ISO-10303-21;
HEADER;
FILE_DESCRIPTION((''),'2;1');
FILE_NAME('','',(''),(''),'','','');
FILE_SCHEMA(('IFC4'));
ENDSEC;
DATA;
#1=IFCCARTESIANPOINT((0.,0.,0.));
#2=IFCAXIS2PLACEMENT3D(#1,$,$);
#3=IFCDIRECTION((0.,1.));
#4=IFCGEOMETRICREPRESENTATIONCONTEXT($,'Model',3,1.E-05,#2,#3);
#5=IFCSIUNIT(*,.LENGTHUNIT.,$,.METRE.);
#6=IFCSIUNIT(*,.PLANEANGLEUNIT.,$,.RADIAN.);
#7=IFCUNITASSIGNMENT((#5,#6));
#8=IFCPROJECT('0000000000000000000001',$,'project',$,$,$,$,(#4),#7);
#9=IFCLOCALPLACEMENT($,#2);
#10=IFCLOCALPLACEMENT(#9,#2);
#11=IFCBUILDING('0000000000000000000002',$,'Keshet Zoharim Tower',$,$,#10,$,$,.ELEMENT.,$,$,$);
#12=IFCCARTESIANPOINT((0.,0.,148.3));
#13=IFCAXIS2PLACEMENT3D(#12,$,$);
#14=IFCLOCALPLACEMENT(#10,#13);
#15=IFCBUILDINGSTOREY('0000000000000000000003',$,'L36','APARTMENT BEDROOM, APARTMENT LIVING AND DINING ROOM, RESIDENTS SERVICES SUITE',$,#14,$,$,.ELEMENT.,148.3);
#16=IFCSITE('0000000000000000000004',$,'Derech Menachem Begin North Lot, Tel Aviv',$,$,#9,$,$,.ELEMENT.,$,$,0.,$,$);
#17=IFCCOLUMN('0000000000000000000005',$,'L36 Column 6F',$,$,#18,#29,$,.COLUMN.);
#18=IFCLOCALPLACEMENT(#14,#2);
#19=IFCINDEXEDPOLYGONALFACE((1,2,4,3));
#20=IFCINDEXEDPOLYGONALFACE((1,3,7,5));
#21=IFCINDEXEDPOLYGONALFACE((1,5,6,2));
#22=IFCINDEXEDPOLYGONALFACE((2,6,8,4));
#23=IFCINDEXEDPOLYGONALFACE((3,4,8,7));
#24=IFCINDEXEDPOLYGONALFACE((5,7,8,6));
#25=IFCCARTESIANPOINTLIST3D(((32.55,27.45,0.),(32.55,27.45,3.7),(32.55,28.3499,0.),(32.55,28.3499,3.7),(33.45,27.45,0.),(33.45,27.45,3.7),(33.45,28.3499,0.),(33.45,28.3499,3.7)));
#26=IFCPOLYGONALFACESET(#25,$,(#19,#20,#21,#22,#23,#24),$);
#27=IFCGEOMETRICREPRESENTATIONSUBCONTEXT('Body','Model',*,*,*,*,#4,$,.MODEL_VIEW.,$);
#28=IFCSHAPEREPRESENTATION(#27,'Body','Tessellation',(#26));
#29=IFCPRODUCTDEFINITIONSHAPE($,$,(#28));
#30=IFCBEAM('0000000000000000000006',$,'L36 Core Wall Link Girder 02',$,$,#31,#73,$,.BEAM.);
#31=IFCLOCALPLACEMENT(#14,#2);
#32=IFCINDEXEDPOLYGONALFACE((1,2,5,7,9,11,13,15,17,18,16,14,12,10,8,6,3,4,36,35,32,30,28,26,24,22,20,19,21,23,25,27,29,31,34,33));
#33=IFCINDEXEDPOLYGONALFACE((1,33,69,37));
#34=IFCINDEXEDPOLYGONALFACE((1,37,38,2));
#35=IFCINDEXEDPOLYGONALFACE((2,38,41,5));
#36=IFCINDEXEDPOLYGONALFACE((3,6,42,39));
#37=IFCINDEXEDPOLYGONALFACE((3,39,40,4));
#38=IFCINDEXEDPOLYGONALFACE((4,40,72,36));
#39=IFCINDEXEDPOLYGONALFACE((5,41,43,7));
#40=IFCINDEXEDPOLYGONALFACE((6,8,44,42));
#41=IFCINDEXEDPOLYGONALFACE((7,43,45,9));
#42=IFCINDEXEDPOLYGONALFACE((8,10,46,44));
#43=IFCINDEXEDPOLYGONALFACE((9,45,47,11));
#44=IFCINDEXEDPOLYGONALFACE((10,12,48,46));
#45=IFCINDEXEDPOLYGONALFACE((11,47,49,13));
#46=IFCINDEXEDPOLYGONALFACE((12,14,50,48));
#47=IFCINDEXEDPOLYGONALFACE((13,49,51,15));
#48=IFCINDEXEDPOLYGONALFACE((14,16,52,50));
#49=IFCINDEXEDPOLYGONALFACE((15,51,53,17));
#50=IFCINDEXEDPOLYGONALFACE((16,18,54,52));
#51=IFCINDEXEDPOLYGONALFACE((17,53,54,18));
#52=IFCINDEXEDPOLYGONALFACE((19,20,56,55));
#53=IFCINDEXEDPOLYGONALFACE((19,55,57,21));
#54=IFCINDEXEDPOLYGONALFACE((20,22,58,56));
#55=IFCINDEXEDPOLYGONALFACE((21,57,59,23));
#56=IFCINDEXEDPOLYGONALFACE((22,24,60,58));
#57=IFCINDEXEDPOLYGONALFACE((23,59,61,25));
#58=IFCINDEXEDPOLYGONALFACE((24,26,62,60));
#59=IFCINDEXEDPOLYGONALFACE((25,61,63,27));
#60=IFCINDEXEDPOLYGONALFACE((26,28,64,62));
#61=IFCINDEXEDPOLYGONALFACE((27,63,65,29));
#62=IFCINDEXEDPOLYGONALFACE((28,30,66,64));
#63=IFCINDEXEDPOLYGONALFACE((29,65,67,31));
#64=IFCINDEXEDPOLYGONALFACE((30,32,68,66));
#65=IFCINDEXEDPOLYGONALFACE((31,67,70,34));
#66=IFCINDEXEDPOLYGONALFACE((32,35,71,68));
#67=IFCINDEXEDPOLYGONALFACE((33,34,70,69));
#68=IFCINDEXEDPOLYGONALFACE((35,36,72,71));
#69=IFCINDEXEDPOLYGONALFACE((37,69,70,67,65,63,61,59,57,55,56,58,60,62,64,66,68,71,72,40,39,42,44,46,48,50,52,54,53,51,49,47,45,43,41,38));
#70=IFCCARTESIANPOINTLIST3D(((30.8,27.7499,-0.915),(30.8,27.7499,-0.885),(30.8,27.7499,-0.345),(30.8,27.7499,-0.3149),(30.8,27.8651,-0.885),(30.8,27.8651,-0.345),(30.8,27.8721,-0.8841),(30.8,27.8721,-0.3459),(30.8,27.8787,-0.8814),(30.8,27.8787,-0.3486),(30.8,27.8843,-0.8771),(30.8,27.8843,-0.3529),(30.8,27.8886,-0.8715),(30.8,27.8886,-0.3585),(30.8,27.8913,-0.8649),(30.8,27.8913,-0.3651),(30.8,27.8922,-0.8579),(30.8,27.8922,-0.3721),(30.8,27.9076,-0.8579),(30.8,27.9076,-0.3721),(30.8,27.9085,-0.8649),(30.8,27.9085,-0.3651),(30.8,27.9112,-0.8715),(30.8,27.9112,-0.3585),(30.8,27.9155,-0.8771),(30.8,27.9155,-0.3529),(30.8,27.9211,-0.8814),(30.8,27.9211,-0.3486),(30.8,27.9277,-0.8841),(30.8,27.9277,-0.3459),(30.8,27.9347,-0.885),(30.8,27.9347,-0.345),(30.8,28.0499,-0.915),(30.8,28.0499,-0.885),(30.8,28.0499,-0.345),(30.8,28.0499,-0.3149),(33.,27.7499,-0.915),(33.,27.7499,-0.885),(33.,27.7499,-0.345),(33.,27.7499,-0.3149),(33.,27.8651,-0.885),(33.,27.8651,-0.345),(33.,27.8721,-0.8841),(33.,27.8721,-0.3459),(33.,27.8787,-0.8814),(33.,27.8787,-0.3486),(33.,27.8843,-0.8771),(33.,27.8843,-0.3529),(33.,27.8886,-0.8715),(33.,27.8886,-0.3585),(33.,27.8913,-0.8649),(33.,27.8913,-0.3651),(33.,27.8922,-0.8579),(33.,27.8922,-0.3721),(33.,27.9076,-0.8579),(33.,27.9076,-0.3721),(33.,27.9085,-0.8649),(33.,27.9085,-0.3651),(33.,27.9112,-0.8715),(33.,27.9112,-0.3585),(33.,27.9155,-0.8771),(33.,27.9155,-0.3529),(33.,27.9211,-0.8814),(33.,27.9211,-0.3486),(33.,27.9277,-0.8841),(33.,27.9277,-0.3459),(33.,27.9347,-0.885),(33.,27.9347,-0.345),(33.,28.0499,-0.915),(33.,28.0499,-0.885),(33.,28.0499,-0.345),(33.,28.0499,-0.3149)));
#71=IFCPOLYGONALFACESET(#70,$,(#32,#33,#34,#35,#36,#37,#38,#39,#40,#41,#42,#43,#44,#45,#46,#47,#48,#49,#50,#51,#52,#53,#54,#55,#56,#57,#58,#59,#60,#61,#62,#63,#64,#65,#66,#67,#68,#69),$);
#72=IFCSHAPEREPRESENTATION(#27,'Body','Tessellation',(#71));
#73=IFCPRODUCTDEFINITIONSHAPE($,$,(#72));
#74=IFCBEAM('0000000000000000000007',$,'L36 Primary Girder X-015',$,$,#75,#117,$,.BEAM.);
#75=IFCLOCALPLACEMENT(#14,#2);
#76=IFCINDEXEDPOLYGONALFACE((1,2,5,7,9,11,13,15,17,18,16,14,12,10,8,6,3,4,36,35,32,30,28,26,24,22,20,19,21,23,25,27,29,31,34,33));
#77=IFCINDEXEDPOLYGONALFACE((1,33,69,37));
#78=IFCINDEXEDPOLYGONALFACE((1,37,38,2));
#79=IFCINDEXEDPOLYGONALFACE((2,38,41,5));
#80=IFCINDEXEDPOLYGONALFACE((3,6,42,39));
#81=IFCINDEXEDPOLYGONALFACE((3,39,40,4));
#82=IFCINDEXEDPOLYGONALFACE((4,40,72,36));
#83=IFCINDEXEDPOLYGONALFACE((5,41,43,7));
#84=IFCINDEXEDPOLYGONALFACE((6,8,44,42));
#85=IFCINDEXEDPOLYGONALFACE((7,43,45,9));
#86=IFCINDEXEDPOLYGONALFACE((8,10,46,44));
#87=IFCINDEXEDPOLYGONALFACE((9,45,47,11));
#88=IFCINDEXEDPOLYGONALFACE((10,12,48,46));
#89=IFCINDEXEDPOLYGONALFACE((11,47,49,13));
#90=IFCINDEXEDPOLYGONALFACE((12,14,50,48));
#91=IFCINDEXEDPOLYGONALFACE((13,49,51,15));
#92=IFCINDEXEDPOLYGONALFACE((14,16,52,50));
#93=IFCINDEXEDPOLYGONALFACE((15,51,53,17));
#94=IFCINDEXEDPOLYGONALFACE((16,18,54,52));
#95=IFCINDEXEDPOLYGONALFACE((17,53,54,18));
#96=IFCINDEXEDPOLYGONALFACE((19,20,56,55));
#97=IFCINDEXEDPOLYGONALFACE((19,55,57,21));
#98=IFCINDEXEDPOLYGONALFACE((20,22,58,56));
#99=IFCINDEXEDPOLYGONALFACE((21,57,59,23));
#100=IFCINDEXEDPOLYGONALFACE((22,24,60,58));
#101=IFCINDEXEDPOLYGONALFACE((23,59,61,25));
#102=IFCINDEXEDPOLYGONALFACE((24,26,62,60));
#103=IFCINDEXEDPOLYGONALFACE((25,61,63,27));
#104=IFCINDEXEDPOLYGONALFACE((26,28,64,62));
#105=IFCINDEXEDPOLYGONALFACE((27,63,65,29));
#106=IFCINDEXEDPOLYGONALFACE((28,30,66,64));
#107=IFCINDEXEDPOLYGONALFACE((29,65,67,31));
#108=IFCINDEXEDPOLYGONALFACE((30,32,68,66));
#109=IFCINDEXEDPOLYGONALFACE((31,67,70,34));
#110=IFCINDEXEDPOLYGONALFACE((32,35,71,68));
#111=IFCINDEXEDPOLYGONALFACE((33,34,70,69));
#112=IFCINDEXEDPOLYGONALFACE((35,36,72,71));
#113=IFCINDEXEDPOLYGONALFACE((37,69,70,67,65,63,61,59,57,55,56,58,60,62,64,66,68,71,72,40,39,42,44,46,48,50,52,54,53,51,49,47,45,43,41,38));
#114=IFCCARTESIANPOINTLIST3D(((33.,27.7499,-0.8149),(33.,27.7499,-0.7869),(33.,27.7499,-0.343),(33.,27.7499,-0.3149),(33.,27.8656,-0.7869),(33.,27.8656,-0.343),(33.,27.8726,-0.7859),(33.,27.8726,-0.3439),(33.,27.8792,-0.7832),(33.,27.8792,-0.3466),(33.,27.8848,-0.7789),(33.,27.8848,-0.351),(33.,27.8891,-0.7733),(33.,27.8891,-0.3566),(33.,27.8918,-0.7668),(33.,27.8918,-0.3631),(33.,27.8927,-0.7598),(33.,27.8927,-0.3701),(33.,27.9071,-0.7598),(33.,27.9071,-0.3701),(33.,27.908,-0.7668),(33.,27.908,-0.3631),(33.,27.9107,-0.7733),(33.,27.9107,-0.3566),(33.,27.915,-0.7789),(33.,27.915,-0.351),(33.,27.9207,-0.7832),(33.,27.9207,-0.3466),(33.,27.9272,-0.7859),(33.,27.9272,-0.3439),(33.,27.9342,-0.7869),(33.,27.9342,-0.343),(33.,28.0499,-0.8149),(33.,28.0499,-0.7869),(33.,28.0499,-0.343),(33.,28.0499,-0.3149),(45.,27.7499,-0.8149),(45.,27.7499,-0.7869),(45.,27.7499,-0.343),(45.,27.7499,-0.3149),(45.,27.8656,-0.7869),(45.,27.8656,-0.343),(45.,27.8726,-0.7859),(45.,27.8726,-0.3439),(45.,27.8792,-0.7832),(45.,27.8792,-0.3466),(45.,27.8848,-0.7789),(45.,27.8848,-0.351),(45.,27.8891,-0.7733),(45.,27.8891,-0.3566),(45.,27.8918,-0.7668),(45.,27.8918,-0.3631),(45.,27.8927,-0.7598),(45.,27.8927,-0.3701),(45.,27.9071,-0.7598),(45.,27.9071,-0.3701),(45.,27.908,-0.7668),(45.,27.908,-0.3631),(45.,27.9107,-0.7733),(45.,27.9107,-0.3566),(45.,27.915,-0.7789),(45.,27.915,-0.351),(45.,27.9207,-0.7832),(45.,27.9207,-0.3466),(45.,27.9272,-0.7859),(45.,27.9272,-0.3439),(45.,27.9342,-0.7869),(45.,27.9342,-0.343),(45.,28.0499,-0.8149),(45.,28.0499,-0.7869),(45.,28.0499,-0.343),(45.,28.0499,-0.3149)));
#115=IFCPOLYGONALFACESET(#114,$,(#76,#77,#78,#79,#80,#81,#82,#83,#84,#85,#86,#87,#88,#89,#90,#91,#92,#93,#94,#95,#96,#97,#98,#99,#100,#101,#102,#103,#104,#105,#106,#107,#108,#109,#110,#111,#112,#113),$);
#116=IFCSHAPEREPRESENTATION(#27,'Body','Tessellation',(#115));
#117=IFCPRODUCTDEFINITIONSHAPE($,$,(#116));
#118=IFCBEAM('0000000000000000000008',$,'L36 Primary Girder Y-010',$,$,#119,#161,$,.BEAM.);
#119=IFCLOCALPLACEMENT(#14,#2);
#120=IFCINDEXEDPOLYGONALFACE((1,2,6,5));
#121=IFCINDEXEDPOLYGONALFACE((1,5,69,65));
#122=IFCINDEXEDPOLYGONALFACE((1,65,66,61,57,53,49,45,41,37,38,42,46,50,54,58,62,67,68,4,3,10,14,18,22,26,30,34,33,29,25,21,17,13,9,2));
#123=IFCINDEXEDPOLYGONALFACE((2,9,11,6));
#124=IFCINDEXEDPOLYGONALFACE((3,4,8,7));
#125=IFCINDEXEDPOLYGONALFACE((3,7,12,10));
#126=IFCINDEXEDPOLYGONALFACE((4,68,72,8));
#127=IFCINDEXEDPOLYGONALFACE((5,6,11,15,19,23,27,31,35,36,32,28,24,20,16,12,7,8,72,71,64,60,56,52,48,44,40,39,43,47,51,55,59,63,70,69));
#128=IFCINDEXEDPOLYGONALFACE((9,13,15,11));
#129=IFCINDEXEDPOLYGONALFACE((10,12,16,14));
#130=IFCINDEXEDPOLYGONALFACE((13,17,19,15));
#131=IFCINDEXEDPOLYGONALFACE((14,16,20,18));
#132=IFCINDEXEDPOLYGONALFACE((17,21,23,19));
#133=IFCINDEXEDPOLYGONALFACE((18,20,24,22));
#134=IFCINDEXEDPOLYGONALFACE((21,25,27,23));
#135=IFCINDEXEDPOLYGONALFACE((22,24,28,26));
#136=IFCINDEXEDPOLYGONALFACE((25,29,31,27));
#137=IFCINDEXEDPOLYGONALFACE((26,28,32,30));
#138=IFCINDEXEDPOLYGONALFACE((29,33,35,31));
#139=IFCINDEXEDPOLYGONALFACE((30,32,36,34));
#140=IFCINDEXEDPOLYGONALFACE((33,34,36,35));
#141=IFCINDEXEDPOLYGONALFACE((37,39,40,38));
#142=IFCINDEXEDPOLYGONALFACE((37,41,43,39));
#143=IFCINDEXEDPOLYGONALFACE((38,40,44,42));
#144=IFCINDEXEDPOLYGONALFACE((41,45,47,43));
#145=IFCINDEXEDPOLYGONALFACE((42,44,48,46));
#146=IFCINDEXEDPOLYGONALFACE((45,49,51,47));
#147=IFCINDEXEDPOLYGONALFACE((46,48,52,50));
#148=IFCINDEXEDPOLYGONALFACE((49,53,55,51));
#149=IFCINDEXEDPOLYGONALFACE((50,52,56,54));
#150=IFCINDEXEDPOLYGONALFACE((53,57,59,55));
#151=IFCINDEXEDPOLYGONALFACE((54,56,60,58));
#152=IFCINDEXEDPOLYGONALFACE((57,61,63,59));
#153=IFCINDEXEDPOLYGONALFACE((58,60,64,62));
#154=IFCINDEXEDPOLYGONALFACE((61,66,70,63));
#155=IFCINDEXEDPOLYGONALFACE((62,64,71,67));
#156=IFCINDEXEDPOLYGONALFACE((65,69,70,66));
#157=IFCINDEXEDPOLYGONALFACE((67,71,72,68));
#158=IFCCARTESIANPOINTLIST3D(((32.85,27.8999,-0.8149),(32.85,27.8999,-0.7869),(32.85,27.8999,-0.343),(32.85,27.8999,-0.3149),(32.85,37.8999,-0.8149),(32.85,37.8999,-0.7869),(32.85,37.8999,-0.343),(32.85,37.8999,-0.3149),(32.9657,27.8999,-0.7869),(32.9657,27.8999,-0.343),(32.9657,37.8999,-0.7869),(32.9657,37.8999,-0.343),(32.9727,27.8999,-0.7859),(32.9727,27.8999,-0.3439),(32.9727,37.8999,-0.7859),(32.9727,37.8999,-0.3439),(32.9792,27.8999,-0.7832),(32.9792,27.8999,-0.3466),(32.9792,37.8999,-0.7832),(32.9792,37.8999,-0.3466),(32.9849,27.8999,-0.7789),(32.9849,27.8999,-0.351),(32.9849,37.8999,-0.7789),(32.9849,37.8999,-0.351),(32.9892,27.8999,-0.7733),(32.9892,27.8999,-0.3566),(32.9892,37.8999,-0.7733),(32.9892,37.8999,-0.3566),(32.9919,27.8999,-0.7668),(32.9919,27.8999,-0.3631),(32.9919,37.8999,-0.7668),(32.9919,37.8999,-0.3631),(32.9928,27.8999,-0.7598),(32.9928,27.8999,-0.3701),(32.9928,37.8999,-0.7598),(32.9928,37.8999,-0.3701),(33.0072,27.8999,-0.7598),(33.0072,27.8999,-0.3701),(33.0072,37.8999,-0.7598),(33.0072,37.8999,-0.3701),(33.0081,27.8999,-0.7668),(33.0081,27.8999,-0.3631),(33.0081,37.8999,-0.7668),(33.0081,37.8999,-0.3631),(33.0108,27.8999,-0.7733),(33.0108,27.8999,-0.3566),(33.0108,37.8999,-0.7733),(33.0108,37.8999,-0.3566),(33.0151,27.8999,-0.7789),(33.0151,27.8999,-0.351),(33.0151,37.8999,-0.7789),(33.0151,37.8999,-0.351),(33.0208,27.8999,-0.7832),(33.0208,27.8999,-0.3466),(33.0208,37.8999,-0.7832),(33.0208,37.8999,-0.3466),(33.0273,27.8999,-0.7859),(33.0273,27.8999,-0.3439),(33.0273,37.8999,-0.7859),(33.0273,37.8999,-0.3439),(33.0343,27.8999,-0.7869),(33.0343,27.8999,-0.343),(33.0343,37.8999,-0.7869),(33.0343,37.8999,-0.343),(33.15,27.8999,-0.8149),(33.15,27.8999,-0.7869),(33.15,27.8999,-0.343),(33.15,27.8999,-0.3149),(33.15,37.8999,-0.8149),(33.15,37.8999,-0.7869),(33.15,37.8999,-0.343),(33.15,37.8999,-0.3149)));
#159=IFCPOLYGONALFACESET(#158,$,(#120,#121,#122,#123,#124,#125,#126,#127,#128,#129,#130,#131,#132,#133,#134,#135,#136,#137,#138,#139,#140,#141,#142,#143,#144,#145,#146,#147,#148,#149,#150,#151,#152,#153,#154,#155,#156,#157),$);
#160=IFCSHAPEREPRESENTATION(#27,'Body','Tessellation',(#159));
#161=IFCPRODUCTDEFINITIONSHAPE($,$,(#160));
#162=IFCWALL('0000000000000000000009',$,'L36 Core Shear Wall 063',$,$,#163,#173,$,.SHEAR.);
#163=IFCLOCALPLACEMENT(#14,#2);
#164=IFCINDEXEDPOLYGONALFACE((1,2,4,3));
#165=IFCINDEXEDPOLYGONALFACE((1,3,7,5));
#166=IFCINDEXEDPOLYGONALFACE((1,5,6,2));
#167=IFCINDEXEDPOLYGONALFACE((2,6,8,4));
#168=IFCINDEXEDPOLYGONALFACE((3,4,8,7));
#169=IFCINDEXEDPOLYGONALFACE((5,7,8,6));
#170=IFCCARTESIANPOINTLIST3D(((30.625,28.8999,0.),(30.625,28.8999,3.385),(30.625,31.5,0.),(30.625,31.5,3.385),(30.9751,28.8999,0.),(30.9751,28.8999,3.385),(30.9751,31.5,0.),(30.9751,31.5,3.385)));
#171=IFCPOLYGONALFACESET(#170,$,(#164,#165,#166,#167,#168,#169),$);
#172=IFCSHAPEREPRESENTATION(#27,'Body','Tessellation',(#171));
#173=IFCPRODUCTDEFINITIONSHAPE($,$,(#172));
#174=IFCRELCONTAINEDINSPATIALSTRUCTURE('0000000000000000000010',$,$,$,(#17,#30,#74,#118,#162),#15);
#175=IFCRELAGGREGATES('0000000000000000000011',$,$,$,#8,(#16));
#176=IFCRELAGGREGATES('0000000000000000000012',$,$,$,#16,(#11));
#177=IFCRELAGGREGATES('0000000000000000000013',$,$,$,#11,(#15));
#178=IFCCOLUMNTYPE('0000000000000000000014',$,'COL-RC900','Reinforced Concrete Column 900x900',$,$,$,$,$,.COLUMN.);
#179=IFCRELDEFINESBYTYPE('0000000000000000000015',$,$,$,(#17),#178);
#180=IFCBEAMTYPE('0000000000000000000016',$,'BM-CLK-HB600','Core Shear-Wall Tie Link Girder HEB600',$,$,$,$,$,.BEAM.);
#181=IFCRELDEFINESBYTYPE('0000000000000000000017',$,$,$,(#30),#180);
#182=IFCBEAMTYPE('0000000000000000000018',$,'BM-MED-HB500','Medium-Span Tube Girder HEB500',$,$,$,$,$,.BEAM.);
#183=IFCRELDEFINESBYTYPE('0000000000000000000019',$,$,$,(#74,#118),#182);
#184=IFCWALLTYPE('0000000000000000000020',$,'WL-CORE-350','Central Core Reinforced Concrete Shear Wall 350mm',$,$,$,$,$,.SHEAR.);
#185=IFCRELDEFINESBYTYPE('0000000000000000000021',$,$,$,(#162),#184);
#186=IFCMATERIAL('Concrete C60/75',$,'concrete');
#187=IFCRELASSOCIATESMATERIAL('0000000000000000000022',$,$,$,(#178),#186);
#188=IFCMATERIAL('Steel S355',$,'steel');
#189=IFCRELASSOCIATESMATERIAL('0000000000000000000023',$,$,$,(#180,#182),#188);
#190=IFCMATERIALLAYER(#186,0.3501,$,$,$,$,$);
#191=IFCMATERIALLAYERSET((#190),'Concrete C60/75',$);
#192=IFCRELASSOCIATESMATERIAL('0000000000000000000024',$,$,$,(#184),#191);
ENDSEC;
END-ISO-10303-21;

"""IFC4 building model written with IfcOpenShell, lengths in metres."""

from ifc_helpers import new_model, si_unit, direction, frame, frame_2d, origin, origin_2d, place, context, subcontext, project, spatial, rectangle, i_section, extrude, material, layer, layer_set, material_profile, profile_set, type_object, element, save


model = new_model("IFC4")

# Units and contexts
model_context = context("Model", 3, precision=1e-05, world=origin(), true_north=direction((0.0, 1.0)))
body_context = subcontext(model_context, "Body", "Model", "MODEL_VIEW")
ifc_project = project(units=[si_unit("LENGTHUNIT", "METRE"), si_unit("PLANEANGLEUNIT", "RADIAN")], contexts=[model_context])

# Site, building, storey
site_placement = place(None, origin())
site = spatial("IfcSite", under=ifc_project, at=site_placement, Name="Derech Menachem Begin North Lot, Tel Aviv", CompositionType="ELEMENT", RefElevation=0.0)
building_placement = place(site_placement, origin())
building = spatial("IfcBuilding", under=site, at=building_placement, Name="Keshet Zoharim Tower", CompositionType="ELEMENT")
storey_placement = place(building_placement, frame((0.0, 0.0, 148.3)))
storey = spatial("IfcBuildingStorey", under=building, at=storey_placement, Name="L36", Description="APARTMENT BEDROOM, APARTMENT LIVING AND DINING ROOM, RESIDENTS SERVICES SUITE", CompositionType="ELEMENT", Elevation=148.3)

# Column
ifc_material_1 = material(Name="Concrete C60/75", Category="concrete")
ifc_material_profile_1 = material_profile(ifc_material_1, rectangle(XDim=0.8999, YDim=0.8999, at=origin_2d()), Name="RC900x900")
ifc_profile_set_1 = profile_set([ifc_material_profile_1], Name="Concrete C60/75")
column_type = type_object("IfcColumnType", Name="COL-RC900", Description="Reinforced Concrete Column 900x900", PredefinedType="COLUMN", material=ifc_profile_set_1)
column_placement = place(storey_placement, frame((33.0, 27.8999, 0.0), z_axis=(0.0, 0.0, 1.0), x_axis=(1.0, 0.0, 0.0)))
element("IfcColumn", 1, at=column_placement, inside=storey, type_object=column_type, Name="L36 Column 6F", PredefinedType="COLUMN", context=body_context, shape_type="SweptSolid", body=[
    extrude(rectangle(XDim=0.8999, YDim=0.8999, at=origin_2d()), origin(), (0.0, 0.0, 1.0), 3.7),
])

# Beams
ifc_material_2 = material(Name="Steel S355", Category="steel")
ifc_material_profile_2 = material_profile(ifc_material_2, i_section(OverallWidth=0.3, OverallDepth=0.6001, WebThickness=0.0154, FlangeThickness=0.03, FilletRadius=0.0271, at=origin_2d()), Name="HEB600")
ifc_profile_set_2 = profile_set([ifc_material_profile_2], Name="Steel S355")
beam_type_1 = type_object("IfcBeamType", Name="BM-CLK-HB600", Description="Core Shear-Wall Tie Link Girder HEB600", PredefinedType="BEAM", material=ifc_profile_set_2)
beam_1_placement = place(storey_placement, frame((30.8, 27.8999, -0.615), z_axis=(1.0, 0.0, 0.0), x_axis=(0.0, 1.0, 0.0)))
element("IfcBeam", 2, at=beam_1_placement, inside=storey, type_object=beam_type_1, Name="L36 Core Wall Link Girder 02", PredefinedType="BEAM", context=body_context, shape_type="SweptSolid", body=[
    extrude(i_section(OverallWidth=0.3, OverallDepth=0.6001, WebThickness=0.0154, FlangeThickness=0.03, FilletRadius=0.0271, at=origin_2d()), origin(), (0.0, 0.0, 1.0), 2.2),
])
ifc_material_profile_3 = material_profile(ifc_material_2, i_section(OverallWidth=0.3, OverallDepth=0.5, WebThickness=0.0144, FlangeThickness=0.0281, FilletRadius=0.0271, at=origin_2d()), Name="HEB500")
ifc_profile_set_3 = profile_set([ifc_material_profile_3], Name="Steel S355")
beam_type_2 = type_object("IfcBeamType", Name="BM-MED-HB500", Description="Medium-Span Tube Girder HEB500", PredefinedType="BEAM", material=ifc_profile_set_3)
beam_2_placement = place(storey_placement, frame((33.0, 27.8999, -0.5649), z_axis=(1.0, 0.0, 0.0), x_axis=(0.0, 1.0, 0.0)))
element("IfcBeam", 3, at=beam_2_placement, inside=storey, type_object=beam_type_2, Name="L36 Primary Girder X-015", PredefinedType="BEAM", context=body_context, shape_type="SweptSolid", body=[
    extrude(i_section(OverallWidth=0.3, OverallDepth=0.5, WebThickness=0.0144, FlangeThickness=0.0281, FilletRadius=0.0271, at=origin_2d()), origin(), (0.0, 0.0, 1.0), 12.0),
])
beam_3_placement = place(storey_placement, frame((33.0, 27.8999, -0.5649), z_axis=(0.0, 1.0, 0.0), x_axis=(-1.0, 0.0, 0.0)))
element("IfcBeam", 4, at=beam_3_placement, inside=storey, type_object=beam_type_2, Name="L36 Primary Girder Y-010", PredefinedType="BEAM", context=body_context, shape_type="SweptSolid", body=[
    extrude(i_section(OverallWidth=0.3, OverallDepth=0.5, WebThickness=0.0144, FlangeThickness=0.0281, FilletRadius=0.0271, at=origin_2d()), origin(), (0.0, 0.0, 1.0), 10.0),
])

# Wall
ifc_layer_1 = layer(ifc_material_1, 0.3501)
ifc_layer_set_1 = layer_set([ifc_layer_1], Name="Concrete C60/75")
wall_type_1 = type_object("IfcWallType", Name="WL-CORE-350", Description="Central Core Reinforced Concrete Shear Wall 350mm", PredefinedType="SHEAR", material=ifc_layer_set_1)
wall_1_placement = place(storey_placement, frame((30.8, 28.8999, 0.0), z_axis=(0.0, 0.0, 1.0), x_axis=(0.0, 1.0, 0.0)))
element("IfcWall", 5, at=wall_1_placement, inside=storey, type_object=wall_type_1, Name="L36 Core Shear Wall 063", PredefinedType="SHEAR", context=body_context, shape_type="SweptSolid", body=[
    extrude(rectangle(XDim=2.6001, YDim=0.3501, at=frame_2d((1.3, 0.0))), origin(), (0.0, 0.0, 1.0), 3.385),
])

save(model, "model.ifc")
